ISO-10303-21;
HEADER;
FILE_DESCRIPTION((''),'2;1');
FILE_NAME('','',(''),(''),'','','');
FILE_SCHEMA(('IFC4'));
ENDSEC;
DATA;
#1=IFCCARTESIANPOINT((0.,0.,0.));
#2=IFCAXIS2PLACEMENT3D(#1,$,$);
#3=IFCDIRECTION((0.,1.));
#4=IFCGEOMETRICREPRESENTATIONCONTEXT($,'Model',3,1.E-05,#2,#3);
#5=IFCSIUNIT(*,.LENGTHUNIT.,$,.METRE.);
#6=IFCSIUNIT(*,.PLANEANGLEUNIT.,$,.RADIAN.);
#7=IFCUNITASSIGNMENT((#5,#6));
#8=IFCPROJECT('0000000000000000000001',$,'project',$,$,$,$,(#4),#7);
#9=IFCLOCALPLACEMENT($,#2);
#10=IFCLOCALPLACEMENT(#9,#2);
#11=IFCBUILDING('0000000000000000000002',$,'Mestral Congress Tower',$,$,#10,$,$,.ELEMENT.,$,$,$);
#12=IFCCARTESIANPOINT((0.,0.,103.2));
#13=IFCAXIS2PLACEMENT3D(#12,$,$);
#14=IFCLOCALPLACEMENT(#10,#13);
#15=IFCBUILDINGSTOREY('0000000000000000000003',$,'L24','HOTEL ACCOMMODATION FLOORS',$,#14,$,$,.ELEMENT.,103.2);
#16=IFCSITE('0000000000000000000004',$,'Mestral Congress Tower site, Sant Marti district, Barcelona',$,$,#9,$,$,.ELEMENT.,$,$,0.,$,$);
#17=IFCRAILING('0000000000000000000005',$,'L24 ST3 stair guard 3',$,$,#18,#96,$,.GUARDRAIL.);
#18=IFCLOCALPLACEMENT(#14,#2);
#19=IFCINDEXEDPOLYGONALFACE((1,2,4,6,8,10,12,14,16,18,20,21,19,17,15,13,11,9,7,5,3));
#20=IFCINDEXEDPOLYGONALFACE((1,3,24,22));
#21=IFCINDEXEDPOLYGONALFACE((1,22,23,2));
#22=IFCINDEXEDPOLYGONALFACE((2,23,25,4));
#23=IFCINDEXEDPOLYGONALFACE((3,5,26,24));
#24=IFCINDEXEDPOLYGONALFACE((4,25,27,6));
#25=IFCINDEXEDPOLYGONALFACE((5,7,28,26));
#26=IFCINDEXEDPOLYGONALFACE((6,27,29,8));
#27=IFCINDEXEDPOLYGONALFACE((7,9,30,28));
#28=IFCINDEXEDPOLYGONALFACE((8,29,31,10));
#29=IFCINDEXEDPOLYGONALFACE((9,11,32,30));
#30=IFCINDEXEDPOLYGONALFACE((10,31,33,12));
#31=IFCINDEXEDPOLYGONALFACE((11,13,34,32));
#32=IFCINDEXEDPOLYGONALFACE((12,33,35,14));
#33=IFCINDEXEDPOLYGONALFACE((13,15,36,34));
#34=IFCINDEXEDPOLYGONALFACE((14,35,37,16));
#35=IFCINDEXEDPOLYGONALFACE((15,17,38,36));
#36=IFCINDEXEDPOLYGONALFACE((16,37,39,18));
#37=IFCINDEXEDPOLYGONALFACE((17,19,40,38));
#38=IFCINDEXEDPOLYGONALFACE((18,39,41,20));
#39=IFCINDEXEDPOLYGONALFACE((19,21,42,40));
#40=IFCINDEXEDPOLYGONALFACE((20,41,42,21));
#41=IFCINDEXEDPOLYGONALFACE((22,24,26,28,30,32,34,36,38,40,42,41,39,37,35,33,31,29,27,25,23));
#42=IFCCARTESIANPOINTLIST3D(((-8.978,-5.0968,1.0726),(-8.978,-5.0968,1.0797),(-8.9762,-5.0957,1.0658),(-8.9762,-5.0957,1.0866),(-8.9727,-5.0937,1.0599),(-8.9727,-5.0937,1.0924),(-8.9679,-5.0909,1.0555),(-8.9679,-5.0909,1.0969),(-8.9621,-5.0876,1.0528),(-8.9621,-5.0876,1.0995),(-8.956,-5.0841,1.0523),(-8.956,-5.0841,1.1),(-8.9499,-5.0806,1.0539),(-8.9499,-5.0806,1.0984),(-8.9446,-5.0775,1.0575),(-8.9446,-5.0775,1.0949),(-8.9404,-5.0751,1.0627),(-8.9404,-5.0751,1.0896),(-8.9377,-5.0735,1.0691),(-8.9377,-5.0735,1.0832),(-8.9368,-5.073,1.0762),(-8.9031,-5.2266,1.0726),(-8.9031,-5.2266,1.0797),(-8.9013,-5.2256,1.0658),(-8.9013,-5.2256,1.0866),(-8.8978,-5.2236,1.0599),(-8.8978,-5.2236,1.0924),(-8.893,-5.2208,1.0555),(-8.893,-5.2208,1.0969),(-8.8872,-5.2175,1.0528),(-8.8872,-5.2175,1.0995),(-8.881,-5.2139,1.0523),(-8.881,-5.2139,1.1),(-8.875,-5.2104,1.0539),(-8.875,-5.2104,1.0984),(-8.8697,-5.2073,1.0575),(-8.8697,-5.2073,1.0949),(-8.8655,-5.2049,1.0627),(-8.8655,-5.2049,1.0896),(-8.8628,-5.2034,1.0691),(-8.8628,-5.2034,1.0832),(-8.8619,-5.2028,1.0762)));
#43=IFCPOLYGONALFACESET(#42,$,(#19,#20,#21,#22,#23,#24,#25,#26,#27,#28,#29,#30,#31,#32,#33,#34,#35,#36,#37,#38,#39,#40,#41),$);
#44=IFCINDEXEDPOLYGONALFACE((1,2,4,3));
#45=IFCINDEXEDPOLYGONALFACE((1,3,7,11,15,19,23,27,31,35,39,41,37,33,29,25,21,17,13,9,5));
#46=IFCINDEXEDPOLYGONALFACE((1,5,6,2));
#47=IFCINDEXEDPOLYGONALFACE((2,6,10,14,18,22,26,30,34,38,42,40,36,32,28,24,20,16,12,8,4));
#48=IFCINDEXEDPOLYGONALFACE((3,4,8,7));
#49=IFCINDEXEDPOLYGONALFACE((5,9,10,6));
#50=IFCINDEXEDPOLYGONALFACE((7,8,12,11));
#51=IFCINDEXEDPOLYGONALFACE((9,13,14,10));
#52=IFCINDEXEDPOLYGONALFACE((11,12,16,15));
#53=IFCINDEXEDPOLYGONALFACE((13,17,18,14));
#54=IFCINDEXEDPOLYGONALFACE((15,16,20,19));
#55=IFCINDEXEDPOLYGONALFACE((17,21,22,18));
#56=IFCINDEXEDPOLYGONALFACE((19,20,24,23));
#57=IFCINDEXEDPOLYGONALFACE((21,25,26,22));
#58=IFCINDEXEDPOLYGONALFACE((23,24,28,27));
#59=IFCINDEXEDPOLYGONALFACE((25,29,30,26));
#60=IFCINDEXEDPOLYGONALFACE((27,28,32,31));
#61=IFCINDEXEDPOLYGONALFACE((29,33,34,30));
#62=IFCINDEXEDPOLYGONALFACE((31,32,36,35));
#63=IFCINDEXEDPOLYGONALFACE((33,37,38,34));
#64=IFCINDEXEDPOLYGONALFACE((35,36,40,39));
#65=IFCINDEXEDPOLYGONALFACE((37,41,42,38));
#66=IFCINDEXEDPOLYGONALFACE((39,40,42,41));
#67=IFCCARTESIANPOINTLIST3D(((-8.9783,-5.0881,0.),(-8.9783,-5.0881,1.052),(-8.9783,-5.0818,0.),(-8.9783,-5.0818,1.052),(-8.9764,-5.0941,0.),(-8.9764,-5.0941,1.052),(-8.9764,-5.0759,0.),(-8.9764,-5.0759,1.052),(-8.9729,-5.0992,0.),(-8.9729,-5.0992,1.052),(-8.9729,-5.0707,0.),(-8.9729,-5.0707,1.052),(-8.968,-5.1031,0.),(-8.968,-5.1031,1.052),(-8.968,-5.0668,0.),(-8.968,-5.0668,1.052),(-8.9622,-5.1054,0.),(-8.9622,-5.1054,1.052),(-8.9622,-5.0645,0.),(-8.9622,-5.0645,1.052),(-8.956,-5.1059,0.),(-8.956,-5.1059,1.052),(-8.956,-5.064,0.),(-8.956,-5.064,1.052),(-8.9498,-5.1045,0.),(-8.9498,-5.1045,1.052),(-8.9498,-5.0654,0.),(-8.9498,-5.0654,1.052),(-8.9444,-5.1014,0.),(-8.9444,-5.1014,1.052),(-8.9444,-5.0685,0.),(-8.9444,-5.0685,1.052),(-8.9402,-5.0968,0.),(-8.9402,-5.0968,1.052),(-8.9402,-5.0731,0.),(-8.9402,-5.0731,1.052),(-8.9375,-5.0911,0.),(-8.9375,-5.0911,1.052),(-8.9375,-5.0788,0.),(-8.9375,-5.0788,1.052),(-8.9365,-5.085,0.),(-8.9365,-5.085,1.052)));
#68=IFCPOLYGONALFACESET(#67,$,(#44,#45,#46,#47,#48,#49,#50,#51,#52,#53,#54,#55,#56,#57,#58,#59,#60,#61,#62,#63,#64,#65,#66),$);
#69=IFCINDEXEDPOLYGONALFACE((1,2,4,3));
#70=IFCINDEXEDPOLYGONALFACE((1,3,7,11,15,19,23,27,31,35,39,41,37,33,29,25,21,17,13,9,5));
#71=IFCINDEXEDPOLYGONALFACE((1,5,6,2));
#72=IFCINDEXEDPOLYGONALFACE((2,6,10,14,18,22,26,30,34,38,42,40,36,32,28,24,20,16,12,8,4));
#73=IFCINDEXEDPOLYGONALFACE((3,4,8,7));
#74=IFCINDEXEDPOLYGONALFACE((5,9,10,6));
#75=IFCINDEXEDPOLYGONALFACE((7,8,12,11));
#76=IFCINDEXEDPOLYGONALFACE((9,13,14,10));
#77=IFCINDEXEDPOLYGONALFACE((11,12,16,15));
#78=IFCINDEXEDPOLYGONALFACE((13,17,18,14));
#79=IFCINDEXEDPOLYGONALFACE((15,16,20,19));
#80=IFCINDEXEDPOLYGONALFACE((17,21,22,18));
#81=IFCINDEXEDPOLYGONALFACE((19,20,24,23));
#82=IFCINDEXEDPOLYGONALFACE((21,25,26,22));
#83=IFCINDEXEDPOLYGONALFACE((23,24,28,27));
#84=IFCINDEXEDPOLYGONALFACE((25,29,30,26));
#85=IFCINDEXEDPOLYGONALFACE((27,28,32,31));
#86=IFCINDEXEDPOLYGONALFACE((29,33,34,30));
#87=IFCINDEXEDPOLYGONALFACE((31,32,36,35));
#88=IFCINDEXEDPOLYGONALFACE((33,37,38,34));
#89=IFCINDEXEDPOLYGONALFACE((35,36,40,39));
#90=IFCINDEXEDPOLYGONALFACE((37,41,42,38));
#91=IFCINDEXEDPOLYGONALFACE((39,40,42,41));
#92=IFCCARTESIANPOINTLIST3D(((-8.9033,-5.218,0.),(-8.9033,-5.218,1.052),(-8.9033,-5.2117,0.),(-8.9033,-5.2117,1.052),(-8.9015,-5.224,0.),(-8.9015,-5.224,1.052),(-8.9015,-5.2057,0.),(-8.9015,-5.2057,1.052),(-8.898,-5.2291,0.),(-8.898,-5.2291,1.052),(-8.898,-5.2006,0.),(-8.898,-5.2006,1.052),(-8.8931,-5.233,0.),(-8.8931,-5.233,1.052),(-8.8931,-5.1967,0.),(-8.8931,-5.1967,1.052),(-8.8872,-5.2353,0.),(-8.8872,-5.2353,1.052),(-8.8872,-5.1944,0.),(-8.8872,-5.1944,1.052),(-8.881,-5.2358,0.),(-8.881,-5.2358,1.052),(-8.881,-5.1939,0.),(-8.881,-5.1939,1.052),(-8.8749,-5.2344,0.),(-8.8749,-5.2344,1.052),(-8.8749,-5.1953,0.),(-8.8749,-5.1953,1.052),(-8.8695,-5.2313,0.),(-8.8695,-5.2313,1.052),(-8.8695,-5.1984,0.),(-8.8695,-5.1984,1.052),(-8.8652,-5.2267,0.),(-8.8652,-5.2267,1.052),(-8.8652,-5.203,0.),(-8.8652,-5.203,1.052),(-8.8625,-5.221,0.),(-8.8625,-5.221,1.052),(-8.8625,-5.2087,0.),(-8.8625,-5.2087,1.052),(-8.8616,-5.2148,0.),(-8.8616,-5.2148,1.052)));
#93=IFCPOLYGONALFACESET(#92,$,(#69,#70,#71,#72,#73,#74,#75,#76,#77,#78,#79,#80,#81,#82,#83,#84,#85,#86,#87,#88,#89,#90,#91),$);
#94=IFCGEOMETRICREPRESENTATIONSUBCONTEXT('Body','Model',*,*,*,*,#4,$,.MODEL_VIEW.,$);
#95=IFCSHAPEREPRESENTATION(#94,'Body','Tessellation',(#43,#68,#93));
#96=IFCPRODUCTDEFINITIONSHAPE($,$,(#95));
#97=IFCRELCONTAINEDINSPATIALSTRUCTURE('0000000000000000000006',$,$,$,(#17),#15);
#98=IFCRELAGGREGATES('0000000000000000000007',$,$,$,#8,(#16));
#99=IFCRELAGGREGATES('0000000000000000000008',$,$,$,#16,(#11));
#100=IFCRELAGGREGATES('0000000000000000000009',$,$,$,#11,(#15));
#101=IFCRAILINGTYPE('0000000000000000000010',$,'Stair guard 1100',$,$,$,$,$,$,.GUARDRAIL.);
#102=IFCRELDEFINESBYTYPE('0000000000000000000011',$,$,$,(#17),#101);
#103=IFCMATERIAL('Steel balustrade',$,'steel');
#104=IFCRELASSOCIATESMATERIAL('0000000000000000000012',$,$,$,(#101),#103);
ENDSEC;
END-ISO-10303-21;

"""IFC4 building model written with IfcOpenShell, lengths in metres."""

from ifc_helpers import new_model, si_unit, direction, frame, origin, origin_2d, place, context, subcontext, project, spatial, circle, extrude, material, type_object, element, save


model = new_model("IFC4")

# Units and contexts
model_context = context("Model", 3, precision=1e-05, world=origin(), true_north=direction((0.0, 1.0)))
body_context = subcontext(model_context, "Body", "Model", "MODEL_VIEW")
ifc_project = project(units=[si_unit("LENGTHUNIT", "METRE"), si_unit("PLANEANGLEUNIT", "RADIAN")], contexts=[model_context])

# Site, building, storey
site_placement = place(None, origin())
site = spatial("IfcSite", under=ifc_project, at=site_placement, Name="Mestral Congress Tower site, Sant Marti district, Barcelona", CompositionType="ELEMENT", RefElevation=0.0)
building_placement = place(site_placement, origin())
building = spatial("IfcBuilding", under=site, at=building_placement, Name="Mestral Congress Tower", CompositionType="ELEMENT")
storey_placement = place(building_placement, frame((0.0, 0.0, 103.2)))
storey = spatial("IfcBuildingStorey", under=building, at=storey_placement, Name="L24", Description="HOTEL ACCOMMODATION FLOORS", CompositionType="ELEMENT", Elevation=103.2)

# Railing
ifc_material_1 = material(Name="Steel balustrade", Category="steel")
railing_type_1 = type_object("IfcRailingType", Name="Stair guard 1100", PredefinedType="GUARDRAIL", material=ifc_material_1)
railing_1_placement = place(storey_placement, frame((-8.9575, -5.085, 0.0)))
element("IfcRailing", 1, at=railing_1_placement, inside=storey, type_object=railing_type_1, Name="L24 ST3 stair guard 3", PredefinedType="GUARDRAIL", context=body_context, shape_type="SweptSolid", body=[
    extrude(circle(Radius=0.0239, at=origin_2d()), frame((0.0, 0.0, 1.0762), z_axis=(0.499816, -0.866131, 0.0), x_axis=(0.866131, 0.499816, 0.0)), (0.0, 0.0, 1.0), 0.1499),
    extrude(circle(Radius=0.021, at=origin_2d()), origin(), (0.0, 0.0, 1.0), 1.052),
    extrude(circle(Radius=0.021, at=origin_2d()), frame((0.075, -0.1299, 0.0)), (0.0, 0.0, 1.0), 1.052),
])

save(model, "model.ifc")
